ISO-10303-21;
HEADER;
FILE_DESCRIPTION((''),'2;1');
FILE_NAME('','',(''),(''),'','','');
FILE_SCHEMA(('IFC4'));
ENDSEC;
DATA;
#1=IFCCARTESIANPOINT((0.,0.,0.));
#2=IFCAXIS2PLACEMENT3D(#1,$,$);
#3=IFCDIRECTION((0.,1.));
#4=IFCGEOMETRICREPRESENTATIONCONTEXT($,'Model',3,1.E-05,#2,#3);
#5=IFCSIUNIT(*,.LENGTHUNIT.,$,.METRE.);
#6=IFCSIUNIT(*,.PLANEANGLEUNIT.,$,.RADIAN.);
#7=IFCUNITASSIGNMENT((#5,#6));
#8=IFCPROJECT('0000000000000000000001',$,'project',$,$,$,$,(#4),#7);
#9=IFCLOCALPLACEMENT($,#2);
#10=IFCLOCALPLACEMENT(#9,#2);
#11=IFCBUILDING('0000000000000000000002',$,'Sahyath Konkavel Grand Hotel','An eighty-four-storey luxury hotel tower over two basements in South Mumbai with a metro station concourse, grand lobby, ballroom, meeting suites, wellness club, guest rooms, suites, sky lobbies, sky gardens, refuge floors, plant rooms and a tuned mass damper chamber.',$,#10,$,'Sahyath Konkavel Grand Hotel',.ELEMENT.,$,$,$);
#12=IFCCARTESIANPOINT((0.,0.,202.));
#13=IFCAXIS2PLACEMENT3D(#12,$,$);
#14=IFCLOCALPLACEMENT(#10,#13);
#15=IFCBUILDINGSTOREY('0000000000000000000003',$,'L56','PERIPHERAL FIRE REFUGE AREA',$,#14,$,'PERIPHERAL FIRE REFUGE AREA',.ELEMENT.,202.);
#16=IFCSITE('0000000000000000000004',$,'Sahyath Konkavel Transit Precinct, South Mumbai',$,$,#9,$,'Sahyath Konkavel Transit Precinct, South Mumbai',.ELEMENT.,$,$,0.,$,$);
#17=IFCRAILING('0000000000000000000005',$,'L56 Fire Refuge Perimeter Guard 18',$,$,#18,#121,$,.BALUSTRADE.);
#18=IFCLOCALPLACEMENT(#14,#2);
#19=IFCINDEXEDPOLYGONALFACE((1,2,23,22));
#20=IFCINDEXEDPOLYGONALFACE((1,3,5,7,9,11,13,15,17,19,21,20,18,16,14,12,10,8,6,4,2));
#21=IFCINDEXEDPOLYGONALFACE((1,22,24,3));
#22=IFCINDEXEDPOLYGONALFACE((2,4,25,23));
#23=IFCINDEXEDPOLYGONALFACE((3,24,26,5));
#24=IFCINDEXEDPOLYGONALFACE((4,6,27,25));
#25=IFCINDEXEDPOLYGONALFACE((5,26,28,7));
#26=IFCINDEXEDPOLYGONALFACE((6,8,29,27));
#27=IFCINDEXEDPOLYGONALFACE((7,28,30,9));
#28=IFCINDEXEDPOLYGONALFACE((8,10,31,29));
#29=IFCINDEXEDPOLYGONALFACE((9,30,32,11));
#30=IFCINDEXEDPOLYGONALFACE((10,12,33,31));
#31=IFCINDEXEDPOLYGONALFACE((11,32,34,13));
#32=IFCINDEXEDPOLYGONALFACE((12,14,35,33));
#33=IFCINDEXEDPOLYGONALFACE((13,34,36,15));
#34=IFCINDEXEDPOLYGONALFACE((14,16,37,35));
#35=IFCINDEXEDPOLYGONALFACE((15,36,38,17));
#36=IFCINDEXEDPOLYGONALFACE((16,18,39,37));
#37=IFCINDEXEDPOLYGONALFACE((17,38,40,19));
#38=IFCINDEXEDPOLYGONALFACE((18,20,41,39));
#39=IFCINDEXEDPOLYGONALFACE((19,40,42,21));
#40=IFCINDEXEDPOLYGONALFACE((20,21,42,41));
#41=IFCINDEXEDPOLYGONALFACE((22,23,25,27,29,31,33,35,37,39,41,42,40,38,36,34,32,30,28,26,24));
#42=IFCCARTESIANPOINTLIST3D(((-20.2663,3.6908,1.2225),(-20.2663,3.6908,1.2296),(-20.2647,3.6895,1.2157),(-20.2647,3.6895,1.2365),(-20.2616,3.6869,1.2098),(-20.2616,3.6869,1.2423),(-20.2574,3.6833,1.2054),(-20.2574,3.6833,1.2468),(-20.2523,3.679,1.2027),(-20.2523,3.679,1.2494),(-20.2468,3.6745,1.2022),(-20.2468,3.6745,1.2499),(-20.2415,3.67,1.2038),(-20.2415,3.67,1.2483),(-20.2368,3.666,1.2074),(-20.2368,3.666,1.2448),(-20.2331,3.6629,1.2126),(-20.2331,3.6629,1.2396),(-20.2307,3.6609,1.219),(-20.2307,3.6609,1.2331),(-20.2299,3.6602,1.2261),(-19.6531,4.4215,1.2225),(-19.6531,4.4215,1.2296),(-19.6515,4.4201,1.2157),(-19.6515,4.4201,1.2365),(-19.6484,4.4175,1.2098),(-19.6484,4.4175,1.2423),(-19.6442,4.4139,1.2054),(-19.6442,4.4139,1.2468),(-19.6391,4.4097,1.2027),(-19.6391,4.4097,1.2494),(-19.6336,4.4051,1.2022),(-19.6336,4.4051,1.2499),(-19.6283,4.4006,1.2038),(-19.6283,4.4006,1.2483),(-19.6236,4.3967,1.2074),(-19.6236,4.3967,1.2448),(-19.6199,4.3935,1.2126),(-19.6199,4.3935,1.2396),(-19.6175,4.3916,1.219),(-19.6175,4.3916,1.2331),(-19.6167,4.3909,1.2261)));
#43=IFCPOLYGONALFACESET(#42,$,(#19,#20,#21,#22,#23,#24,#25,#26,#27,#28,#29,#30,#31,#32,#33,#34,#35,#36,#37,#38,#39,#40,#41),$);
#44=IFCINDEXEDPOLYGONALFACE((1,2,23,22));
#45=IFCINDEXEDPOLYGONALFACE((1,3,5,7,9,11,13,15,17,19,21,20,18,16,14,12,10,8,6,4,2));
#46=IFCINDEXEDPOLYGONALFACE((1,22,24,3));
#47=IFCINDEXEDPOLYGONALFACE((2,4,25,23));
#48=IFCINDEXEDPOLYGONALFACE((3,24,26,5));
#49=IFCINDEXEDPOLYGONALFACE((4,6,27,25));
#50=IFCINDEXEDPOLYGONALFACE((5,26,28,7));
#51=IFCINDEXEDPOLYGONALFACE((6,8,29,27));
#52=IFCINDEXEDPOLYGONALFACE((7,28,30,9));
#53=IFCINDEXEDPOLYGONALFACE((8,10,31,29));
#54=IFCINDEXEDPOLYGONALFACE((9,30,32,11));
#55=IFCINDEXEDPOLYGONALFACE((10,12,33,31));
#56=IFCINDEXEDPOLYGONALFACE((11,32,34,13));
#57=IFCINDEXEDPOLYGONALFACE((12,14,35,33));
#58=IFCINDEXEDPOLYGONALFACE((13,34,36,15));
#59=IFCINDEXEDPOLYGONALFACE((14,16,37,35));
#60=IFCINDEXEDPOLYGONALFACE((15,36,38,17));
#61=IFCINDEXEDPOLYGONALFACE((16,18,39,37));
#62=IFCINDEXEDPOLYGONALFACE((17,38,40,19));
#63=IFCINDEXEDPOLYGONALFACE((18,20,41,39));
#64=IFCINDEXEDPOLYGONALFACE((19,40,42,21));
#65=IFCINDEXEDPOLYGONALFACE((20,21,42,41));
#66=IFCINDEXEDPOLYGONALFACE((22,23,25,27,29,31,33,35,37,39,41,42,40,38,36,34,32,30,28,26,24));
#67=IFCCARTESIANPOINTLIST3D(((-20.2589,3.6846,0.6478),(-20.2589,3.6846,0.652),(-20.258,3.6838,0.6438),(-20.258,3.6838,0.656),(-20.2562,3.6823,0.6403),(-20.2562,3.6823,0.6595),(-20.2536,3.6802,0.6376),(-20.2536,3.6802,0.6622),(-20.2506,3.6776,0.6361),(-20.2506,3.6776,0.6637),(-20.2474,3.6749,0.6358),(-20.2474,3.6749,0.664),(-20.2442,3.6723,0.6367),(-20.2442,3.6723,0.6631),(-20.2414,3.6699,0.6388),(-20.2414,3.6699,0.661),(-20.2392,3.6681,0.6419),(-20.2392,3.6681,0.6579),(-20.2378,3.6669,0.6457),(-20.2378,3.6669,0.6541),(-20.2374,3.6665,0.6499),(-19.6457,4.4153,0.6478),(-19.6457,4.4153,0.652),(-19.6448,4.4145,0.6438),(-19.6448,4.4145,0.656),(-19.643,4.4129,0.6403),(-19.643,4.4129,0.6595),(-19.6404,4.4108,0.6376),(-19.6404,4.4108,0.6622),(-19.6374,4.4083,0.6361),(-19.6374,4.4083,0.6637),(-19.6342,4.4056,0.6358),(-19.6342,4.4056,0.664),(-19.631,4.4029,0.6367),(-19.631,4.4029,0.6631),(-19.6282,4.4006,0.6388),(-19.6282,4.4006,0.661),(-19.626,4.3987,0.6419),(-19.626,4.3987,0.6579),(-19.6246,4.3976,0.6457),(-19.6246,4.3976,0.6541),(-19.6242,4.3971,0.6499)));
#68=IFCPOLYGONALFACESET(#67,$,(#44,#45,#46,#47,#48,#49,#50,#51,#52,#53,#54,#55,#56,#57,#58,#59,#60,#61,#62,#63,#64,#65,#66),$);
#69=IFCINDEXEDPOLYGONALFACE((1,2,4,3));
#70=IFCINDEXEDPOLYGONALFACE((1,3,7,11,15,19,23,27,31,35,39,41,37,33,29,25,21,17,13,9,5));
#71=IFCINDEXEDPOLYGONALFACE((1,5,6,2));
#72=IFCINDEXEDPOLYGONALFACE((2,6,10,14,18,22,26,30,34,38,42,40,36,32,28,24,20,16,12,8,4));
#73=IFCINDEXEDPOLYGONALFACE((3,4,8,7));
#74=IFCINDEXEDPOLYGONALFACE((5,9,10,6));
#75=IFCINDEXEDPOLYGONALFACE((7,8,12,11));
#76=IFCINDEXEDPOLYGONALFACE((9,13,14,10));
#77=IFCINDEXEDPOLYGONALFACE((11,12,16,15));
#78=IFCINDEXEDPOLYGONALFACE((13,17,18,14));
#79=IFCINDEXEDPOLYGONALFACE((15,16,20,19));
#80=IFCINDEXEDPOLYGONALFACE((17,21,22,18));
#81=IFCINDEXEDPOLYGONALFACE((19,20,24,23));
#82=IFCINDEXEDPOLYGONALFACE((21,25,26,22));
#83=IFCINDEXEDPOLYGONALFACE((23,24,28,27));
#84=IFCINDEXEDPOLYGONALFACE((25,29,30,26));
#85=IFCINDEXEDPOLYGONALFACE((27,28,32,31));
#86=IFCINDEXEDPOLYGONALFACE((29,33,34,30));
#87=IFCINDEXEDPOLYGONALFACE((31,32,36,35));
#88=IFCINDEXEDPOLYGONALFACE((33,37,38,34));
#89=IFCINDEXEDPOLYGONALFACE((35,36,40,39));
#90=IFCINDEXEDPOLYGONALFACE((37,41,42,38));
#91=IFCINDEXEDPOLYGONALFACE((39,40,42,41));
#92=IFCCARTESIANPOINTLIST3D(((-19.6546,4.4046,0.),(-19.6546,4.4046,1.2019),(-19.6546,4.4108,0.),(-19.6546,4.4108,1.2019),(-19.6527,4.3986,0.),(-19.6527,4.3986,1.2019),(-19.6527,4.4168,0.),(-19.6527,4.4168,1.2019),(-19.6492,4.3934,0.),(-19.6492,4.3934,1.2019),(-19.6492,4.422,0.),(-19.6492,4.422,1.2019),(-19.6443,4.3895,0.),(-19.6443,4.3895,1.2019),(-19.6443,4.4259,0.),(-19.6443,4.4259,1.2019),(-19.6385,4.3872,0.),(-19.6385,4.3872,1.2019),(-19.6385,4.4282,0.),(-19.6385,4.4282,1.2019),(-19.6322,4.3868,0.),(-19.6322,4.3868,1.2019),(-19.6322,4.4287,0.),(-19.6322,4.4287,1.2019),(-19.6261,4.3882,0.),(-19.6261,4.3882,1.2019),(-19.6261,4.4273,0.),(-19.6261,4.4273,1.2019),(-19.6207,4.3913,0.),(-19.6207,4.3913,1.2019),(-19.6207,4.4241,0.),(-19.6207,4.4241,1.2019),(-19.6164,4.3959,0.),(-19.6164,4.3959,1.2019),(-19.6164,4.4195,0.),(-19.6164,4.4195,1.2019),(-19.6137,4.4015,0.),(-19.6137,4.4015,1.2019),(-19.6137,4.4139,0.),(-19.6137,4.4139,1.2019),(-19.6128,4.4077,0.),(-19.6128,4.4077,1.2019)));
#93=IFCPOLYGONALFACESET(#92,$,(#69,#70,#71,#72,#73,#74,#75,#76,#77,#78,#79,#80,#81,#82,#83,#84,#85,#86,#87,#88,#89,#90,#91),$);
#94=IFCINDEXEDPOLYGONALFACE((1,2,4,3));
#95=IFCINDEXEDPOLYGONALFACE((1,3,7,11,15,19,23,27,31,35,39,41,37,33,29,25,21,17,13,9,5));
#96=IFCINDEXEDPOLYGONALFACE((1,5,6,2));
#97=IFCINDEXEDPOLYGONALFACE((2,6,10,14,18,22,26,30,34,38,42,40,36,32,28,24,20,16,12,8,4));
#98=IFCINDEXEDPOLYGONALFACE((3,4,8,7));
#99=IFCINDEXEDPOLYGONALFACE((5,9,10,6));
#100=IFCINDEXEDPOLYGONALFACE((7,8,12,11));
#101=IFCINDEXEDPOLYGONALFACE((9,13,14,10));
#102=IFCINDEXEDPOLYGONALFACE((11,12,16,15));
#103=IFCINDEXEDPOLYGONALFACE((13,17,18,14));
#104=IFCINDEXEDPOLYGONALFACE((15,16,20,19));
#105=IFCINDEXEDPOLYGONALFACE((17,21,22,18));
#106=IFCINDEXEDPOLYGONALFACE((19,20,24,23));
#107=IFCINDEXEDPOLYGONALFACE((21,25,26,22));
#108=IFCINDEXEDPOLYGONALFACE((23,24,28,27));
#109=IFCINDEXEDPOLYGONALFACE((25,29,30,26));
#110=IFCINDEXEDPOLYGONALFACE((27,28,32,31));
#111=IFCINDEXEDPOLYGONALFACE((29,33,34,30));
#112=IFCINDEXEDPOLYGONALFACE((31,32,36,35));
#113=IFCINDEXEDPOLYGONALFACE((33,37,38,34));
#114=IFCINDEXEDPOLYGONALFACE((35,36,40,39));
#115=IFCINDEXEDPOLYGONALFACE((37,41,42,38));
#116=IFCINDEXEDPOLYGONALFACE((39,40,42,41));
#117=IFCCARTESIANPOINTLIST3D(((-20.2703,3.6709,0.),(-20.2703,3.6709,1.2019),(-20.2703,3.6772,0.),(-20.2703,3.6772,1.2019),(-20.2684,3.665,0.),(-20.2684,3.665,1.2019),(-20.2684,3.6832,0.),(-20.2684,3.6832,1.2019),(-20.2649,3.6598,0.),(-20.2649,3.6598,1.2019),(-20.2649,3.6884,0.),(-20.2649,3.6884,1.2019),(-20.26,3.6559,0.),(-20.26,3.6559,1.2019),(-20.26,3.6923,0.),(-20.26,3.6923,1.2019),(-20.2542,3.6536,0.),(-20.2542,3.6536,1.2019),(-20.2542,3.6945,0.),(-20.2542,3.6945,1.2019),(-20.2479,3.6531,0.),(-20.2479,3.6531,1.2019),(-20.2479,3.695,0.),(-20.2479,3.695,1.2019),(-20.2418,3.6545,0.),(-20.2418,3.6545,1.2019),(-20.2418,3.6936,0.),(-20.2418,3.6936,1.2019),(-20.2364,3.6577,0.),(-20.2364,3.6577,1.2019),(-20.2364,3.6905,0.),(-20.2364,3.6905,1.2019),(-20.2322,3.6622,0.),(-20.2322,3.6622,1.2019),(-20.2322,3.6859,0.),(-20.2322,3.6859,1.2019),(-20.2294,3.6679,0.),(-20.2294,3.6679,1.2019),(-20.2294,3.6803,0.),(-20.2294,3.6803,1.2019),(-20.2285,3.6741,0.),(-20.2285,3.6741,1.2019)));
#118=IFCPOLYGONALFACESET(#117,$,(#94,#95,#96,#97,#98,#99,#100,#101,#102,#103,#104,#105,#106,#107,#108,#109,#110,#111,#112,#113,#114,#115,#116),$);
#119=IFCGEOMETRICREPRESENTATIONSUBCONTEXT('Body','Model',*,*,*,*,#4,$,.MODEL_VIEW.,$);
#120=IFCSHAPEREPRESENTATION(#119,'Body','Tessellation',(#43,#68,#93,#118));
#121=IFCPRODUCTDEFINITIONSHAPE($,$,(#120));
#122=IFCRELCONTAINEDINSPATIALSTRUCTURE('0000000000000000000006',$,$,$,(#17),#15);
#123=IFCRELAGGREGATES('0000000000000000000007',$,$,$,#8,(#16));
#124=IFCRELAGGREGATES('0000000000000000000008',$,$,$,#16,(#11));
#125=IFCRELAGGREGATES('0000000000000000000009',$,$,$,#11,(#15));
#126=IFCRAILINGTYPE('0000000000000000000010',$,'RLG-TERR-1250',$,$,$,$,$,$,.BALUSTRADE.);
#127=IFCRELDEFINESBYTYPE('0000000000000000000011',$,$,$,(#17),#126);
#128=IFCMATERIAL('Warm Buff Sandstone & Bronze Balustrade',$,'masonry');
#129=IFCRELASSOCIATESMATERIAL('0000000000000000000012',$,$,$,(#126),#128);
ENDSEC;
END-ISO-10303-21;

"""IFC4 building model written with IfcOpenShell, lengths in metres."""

from ifc_helpers import new_model, si_unit, direction, frame, origin, origin_2d, place, context, subcontext, project, spatial, circle, extrude, material, type_object, element, save


model = new_model("IFC4")

# Units and contexts
model_context = context("Model", 3, precision=1e-05, world=origin(), true_north=direction((0.0, 1.0)))
body_context = subcontext(model_context, "Body", "Model", "MODEL_VIEW")
ifc_project = project(units=[si_unit("LENGTHUNIT", "METRE"), si_unit("PLANEANGLEUNIT", "RADIAN")], contexts=[model_context])

# Site, building, storey
site_placement = place(None, origin())
site = spatial("IfcSite", under=ifc_project, at=site_placement, Name="Sahyath Konkavel Transit Precinct, South Mumbai", LongName="Sahyath Konkavel Transit Precinct, South Mumbai", CompositionType="ELEMENT", RefElevation=0.0)
building_placement = place(site_placement, origin())
building = spatial("IfcBuilding", under=site, at=building_placement, Name="Sahyath Konkavel Grand Hotel", Description="An eighty-four-storey luxury hotel tower over two basements in South Mumbai with a metro station concourse, grand lobby, ballroom, meeting suites, wellness club, guest rooms, suites, sky lobbies, sky gardens, refuge floors, plant rooms and a tuned mass damper chamber.", LongName="Sahyath Konkavel Grand Hotel", CompositionType="ELEMENT")
storey_placement = place(building_placement, frame((0.0, 0.0, 202.0)))
storey = spatial("IfcBuildingStorey", under=building, at=storey_placement, Name="L56", Description="PERIPHERAL FIRE REFUGE AREA", LongName="PERIPHERAL FIRE REFUGE AREA", CompositionType="ELEMENT", Elevation=202.0)

# Railing
ifc_material_1 = material(Name="Warm Buff Sandstone & Bronze Balustrade", Category="masonry")
railing_type = type_object("IfcRailingType", Name="RLG-TERR-1250", PredefinedType="BALUSTRADE", material=ifc_material_1)
railing_1_placement = place(storey_placement, frame((-19.6338, 4.4077, 0.0)))
element("IfcRailing", 1, at=railing_1_placement, inside=storey, type_object=railing_type, Name="L56 Fire Refuge Perimeter Guard 18", PredefinedType="BALUSTRADE", context=body_context, shape_type="SweptSolid", body=[
    extrude(circle(Radius=0.0239, at=origin_2d()), frame((-0.0012, -0.0015, 1.2261), z_axis=(-0.642863, -0.765981, 0.0), x_axis=(0.765981, -0.642863, 0.0)), (0.0, 0.0, 1.0), 0.9539),
    extrude(circle(Radius=0.0142, at=origin_2d()), frame((-0.0012, -0.0015, 0.6499), z_axis=(-0.642863, -0.765981, 0.0), x_axis=(0.765981, -0.642863, 0.0)), (0.0, 0.0, 1.0), 0.9539),
    extrude(circle(Radius=0.021, at=origin_2d()), origin(), (0.0, 0.0, 1.0), 1.2019),
    extrude(circle(Radius=0.021, at=origin_2d()), frame((-0.6157, -0.7336, 0.0)), (0.0, 0.0, 1.0), 1.2019),
])

save(model, "model.ifc")
